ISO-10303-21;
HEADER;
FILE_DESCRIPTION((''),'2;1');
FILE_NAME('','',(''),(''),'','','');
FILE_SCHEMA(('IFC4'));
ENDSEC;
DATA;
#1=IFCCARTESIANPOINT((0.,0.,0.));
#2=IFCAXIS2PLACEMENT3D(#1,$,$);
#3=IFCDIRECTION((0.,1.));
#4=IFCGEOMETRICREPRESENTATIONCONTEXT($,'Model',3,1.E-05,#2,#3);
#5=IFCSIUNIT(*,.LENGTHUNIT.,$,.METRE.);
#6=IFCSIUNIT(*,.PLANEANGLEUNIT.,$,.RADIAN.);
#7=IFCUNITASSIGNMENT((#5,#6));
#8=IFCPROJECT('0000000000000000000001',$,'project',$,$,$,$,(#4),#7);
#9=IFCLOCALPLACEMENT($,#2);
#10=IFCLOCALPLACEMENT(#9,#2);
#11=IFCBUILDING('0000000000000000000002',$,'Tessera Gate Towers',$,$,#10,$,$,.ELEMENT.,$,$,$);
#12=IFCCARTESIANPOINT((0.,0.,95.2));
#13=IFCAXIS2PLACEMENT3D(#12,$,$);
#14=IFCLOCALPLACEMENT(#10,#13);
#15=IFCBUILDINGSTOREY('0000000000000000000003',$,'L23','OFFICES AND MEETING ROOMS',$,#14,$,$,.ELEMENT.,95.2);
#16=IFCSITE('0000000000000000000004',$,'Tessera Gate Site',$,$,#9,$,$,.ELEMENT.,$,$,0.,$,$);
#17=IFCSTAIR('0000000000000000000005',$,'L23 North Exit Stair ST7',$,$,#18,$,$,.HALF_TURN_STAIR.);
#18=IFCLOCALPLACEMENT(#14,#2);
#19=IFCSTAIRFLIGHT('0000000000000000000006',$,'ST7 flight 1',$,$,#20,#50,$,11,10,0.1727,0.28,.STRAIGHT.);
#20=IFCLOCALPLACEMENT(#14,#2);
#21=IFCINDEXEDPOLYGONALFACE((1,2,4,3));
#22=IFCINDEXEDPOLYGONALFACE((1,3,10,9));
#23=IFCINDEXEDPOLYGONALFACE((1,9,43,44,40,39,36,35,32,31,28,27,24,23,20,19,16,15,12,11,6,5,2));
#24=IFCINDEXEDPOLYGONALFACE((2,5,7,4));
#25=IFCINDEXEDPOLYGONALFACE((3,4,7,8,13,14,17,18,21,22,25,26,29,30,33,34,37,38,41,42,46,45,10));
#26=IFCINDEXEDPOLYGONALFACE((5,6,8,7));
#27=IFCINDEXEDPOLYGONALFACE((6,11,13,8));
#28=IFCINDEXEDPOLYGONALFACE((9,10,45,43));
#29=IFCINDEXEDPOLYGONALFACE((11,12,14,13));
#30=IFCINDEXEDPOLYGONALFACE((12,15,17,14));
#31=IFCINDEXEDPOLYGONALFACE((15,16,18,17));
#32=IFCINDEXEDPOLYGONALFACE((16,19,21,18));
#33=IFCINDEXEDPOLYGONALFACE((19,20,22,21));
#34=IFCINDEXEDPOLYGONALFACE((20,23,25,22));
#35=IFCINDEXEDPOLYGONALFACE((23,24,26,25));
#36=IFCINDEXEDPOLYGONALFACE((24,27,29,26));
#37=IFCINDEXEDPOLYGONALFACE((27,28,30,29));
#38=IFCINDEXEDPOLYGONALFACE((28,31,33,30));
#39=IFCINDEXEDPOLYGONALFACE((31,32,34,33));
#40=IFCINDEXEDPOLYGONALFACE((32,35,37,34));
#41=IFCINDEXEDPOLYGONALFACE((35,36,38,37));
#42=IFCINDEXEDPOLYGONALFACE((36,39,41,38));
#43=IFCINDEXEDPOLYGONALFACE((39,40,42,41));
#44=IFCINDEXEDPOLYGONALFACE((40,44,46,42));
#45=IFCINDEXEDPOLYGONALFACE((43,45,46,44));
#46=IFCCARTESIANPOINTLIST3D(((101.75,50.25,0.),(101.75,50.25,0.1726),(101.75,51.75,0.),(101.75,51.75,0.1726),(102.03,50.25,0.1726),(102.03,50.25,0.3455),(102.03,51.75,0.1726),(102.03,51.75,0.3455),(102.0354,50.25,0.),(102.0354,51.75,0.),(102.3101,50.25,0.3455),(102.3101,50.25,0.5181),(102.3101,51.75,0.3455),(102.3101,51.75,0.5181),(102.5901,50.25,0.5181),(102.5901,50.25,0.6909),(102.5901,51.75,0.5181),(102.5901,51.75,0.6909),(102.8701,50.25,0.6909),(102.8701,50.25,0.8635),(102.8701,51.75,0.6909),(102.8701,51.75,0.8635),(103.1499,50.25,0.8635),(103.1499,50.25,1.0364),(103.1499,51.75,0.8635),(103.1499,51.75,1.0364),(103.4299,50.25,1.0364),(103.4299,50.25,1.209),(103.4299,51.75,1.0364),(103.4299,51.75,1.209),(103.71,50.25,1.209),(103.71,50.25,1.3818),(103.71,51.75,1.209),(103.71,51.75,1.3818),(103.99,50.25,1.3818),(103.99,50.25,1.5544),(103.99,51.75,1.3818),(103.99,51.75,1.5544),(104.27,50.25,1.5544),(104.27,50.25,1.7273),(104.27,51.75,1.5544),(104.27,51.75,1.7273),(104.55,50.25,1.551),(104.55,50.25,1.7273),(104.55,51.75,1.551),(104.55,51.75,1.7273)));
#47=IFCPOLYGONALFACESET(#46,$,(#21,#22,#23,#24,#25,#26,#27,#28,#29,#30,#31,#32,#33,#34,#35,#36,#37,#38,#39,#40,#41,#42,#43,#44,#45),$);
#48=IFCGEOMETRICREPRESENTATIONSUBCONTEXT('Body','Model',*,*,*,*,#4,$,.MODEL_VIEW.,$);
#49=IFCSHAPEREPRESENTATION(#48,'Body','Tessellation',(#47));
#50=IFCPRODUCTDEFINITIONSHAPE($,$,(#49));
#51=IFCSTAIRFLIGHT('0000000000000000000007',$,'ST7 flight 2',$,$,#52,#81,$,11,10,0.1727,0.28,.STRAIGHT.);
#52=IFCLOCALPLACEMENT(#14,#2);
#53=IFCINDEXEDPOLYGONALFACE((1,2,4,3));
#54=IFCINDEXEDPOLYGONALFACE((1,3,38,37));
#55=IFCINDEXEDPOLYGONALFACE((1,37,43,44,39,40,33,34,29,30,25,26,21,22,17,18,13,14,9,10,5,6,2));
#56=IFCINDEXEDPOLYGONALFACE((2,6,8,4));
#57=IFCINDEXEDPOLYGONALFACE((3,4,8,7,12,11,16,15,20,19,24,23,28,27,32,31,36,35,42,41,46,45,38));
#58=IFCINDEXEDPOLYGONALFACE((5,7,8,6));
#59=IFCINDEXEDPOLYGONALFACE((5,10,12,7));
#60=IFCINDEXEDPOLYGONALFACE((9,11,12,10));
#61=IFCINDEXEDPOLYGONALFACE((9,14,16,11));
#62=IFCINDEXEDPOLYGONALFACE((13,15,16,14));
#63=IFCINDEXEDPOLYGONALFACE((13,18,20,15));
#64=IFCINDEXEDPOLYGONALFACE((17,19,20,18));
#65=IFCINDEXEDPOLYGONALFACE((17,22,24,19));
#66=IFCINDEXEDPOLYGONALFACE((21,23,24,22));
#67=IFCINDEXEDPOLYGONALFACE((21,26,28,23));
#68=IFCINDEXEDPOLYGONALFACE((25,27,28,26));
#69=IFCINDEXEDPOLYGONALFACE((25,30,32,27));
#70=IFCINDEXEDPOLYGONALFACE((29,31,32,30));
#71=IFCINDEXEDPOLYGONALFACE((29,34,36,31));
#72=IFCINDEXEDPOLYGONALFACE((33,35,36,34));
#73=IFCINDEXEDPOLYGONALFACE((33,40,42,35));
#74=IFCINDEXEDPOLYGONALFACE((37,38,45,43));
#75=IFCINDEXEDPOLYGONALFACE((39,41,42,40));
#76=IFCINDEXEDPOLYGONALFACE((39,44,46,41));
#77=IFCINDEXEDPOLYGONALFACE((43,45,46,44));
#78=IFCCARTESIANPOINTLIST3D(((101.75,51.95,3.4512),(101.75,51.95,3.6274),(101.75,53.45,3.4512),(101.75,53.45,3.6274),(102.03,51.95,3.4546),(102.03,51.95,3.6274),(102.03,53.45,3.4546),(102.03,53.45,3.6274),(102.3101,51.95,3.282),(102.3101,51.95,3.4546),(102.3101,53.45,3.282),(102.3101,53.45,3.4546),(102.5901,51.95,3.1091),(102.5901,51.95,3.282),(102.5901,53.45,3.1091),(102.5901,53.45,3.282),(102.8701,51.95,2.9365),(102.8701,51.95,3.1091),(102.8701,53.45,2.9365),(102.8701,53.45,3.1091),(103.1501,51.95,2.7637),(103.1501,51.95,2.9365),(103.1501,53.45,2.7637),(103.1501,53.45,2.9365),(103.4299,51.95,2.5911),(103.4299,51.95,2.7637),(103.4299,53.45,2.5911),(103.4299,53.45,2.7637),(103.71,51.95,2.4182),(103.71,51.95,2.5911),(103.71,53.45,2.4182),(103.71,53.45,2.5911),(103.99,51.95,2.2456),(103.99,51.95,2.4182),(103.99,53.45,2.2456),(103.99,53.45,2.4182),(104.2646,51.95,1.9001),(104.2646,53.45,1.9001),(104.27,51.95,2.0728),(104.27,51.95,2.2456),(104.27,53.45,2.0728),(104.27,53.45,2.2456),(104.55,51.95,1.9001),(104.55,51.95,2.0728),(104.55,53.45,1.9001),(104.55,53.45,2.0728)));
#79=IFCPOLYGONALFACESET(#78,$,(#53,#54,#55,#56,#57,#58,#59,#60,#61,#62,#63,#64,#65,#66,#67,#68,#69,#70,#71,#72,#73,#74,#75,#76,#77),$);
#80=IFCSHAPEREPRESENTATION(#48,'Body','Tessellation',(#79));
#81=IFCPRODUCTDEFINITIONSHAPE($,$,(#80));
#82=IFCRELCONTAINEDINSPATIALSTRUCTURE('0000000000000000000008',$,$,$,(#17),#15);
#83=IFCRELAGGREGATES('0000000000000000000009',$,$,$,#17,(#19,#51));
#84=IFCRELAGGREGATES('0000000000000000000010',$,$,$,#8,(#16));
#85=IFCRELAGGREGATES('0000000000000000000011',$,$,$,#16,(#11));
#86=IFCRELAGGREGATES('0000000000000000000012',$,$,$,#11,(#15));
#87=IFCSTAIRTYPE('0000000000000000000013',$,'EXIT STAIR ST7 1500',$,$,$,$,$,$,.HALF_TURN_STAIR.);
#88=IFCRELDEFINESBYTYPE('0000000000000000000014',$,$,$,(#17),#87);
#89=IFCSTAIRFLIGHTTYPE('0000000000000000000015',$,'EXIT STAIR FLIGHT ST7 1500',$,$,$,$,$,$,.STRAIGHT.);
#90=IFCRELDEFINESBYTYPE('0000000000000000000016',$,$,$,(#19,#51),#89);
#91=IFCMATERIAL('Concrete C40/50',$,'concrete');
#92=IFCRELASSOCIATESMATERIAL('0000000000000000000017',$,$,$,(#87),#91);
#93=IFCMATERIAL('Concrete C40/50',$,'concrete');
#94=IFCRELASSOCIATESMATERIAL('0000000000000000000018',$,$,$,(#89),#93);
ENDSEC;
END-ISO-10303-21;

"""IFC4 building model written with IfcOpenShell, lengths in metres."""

from ifc_helpers import new_model, si_unit, direction, frame, origin, place, context, subcontext, project, spatial, polyline, outline, extrude, material, type_object, element, aggregate, save


model = new_model("IFC4")

# Units and contexts
model_context = context("Model", 3, precision=1e-05, world=origin(), true_north=direction((0.0, 1.0)))
body_context = subcontext(model_context, "Body", "Model", "MODEL_VIEW")
ifc_project = project(units=[si_unit("LENGTHUNIT", "METRE"), si_unit("PLANEANGLEUNIT", "RADIAN")], contexts=[model_context])

# Site, building, storey
site_placement = place(None, origin())
site = spatial("IfcSite", under=ifc_project, at=site_placement, Name="Tessera Gate Site", CompositionType="ELEMENT", RefElevation=0.0)
building_placement = place(site_placement, origin())
building = spatial("IfcBuilding", under=site, at=building_placement, Name="Tessera Gate Towers", CompositionType="ELEMENT")
storey_placement = place(building_placement, frame((0.0, 0.0, 95.2)))
storey = spatial("IfcBuildingStorey", under=building, at=storey_placement, Name="L23", Description="OFFICES AND MEETING ROOMS", CompositionType="ELEMENT", Elevation=95.2)

# Stair, stair flights
ifc_material_1 = material(Name="Concrete C40/50", Category="concrete")
stair_type = type_object("IfcStairType", Name="EXIT STAIR ST7 1500", PredefinedType="HALF_TURN_STAIR", material=ifc_material_1)
stair_placement = place(storey_placement, origin())
stair = element("IfcStair", 1, at=stair_placement, inside=storey, type_object=stair_type, Name="L23 North Exit Stair ST7", PredefinedType="HALF_TURN_STAIR")
ifc_material_2 = material(Name="Concrete C40/50", Category="concrete")
stair_flight_type = type_object("IfcStairFlightType", Name="EXIT STAIR FLIGHT ST7 1500", PredefinedType="STRAIGHT", material=ifc_material_2)
stair_flight_1_placement = place(storey_placement, frame((101.75, 51.0, 0.0), z_axis=(0.0, 0.0, 1.0), x_axis=(1.0, 0.0, 0.0)))
stair_flight_1 = element("IfcStairFlight", 2, at=stair_flight_1_placement, type_object=stair_flight_type, Name="ST7 flight 1", NumberOfRisers=11, NumberOfTreads=10, PredefinedType="STRAIGHT", RiserHeight=0.1727, TreadLength=0.28, context=body_context, shape_type="SweptSolid", body=[
    extrude(outline(polyline([(0.0, 0.0), (0.0, 0.1726), (0.28, 0.1726), (0.28, 0.3455), (0.5601, 0.3455), (0.5601, 0.5181), (0.8401, 0.5181), (0.8401, 0.6909), (1.1201, 0.6909), (1.1201, 0.8635), (1.3999, 0.8635), (1.3999, 1.0364), (1.6799, 1.0364), (1.6799, 1.209), (1.96, 1.209), (1.96, 1.3818), (2.24, 1.3818), (2.24, 1.5544), (2.52, 1.5544), (2.52, 1.7273), (2.8, 1.7273), (2.8, 1.8999), (2.8, 1.551), (0.2854, 0.0), (0.0, 0.0)])), frame((0.0, 0.75, 0.0), z_axis=(0.0, -1.0, 0.0), x_axis=(1.0, 0.0, 0.0)), (0.0, 0.0, 1.0), 1.5),
])
stair_flight_2_placement = place(storey_placement, frame((104.55, 52.7, 1.9001), z_axis=(0.0, 0.0, 1.0), x_axis=(-1.0, 0.0, 0.0)))
stair_flight_2 = element("IfcStairFlight", 3, at=stair_flight_2_placement, type_object=stair_flight_type, Name="ST7 flight 2", NumberOfRisers=11, NumberOfTreads=10, PredefinedType="STRAIGHT", RiserHeight=0.1727, TreadLength=0.28, context=body_context, shape_type="SweptSolid", body=[
    extrude(outline(polyline([(0.0, 0.0), (0.0, 0.1726), (0.28, 0.1726), (0.28, 0.3455), (0.5601, 0.3455), (0.5601, 0.5181), (0.8401, 0.5181), (0.8401, 0.6909), (1.1201, 0.6909), (1.1201, 0.8635), (1.3999, 0.8635), (1.3999, 1.0364), (1.6799, 1.0364), (1.6799, 1.209), (1.96, 1.209), (1.96, 1.3818), (2.24, 1.3818), (2.24, 1.5544), (2.52, 1.5544), (2.52, 1.7273), (2.8, 1.7273), (2.8, 1.8999), (2.8, 1.551), (0.2854, 0.0), (0.0, 0.0)])), frame((0.0, 0.75, 0.0), z_axis=(0.0, -1.0, 0.0), x_axis=(1.0, 0.0, 0.0)), (0.0, 0.0, 1.0), 1.5),
])
aggregate(stair, [stair_flight_1, stair_flight_2])

save(model, "model.ifc")
